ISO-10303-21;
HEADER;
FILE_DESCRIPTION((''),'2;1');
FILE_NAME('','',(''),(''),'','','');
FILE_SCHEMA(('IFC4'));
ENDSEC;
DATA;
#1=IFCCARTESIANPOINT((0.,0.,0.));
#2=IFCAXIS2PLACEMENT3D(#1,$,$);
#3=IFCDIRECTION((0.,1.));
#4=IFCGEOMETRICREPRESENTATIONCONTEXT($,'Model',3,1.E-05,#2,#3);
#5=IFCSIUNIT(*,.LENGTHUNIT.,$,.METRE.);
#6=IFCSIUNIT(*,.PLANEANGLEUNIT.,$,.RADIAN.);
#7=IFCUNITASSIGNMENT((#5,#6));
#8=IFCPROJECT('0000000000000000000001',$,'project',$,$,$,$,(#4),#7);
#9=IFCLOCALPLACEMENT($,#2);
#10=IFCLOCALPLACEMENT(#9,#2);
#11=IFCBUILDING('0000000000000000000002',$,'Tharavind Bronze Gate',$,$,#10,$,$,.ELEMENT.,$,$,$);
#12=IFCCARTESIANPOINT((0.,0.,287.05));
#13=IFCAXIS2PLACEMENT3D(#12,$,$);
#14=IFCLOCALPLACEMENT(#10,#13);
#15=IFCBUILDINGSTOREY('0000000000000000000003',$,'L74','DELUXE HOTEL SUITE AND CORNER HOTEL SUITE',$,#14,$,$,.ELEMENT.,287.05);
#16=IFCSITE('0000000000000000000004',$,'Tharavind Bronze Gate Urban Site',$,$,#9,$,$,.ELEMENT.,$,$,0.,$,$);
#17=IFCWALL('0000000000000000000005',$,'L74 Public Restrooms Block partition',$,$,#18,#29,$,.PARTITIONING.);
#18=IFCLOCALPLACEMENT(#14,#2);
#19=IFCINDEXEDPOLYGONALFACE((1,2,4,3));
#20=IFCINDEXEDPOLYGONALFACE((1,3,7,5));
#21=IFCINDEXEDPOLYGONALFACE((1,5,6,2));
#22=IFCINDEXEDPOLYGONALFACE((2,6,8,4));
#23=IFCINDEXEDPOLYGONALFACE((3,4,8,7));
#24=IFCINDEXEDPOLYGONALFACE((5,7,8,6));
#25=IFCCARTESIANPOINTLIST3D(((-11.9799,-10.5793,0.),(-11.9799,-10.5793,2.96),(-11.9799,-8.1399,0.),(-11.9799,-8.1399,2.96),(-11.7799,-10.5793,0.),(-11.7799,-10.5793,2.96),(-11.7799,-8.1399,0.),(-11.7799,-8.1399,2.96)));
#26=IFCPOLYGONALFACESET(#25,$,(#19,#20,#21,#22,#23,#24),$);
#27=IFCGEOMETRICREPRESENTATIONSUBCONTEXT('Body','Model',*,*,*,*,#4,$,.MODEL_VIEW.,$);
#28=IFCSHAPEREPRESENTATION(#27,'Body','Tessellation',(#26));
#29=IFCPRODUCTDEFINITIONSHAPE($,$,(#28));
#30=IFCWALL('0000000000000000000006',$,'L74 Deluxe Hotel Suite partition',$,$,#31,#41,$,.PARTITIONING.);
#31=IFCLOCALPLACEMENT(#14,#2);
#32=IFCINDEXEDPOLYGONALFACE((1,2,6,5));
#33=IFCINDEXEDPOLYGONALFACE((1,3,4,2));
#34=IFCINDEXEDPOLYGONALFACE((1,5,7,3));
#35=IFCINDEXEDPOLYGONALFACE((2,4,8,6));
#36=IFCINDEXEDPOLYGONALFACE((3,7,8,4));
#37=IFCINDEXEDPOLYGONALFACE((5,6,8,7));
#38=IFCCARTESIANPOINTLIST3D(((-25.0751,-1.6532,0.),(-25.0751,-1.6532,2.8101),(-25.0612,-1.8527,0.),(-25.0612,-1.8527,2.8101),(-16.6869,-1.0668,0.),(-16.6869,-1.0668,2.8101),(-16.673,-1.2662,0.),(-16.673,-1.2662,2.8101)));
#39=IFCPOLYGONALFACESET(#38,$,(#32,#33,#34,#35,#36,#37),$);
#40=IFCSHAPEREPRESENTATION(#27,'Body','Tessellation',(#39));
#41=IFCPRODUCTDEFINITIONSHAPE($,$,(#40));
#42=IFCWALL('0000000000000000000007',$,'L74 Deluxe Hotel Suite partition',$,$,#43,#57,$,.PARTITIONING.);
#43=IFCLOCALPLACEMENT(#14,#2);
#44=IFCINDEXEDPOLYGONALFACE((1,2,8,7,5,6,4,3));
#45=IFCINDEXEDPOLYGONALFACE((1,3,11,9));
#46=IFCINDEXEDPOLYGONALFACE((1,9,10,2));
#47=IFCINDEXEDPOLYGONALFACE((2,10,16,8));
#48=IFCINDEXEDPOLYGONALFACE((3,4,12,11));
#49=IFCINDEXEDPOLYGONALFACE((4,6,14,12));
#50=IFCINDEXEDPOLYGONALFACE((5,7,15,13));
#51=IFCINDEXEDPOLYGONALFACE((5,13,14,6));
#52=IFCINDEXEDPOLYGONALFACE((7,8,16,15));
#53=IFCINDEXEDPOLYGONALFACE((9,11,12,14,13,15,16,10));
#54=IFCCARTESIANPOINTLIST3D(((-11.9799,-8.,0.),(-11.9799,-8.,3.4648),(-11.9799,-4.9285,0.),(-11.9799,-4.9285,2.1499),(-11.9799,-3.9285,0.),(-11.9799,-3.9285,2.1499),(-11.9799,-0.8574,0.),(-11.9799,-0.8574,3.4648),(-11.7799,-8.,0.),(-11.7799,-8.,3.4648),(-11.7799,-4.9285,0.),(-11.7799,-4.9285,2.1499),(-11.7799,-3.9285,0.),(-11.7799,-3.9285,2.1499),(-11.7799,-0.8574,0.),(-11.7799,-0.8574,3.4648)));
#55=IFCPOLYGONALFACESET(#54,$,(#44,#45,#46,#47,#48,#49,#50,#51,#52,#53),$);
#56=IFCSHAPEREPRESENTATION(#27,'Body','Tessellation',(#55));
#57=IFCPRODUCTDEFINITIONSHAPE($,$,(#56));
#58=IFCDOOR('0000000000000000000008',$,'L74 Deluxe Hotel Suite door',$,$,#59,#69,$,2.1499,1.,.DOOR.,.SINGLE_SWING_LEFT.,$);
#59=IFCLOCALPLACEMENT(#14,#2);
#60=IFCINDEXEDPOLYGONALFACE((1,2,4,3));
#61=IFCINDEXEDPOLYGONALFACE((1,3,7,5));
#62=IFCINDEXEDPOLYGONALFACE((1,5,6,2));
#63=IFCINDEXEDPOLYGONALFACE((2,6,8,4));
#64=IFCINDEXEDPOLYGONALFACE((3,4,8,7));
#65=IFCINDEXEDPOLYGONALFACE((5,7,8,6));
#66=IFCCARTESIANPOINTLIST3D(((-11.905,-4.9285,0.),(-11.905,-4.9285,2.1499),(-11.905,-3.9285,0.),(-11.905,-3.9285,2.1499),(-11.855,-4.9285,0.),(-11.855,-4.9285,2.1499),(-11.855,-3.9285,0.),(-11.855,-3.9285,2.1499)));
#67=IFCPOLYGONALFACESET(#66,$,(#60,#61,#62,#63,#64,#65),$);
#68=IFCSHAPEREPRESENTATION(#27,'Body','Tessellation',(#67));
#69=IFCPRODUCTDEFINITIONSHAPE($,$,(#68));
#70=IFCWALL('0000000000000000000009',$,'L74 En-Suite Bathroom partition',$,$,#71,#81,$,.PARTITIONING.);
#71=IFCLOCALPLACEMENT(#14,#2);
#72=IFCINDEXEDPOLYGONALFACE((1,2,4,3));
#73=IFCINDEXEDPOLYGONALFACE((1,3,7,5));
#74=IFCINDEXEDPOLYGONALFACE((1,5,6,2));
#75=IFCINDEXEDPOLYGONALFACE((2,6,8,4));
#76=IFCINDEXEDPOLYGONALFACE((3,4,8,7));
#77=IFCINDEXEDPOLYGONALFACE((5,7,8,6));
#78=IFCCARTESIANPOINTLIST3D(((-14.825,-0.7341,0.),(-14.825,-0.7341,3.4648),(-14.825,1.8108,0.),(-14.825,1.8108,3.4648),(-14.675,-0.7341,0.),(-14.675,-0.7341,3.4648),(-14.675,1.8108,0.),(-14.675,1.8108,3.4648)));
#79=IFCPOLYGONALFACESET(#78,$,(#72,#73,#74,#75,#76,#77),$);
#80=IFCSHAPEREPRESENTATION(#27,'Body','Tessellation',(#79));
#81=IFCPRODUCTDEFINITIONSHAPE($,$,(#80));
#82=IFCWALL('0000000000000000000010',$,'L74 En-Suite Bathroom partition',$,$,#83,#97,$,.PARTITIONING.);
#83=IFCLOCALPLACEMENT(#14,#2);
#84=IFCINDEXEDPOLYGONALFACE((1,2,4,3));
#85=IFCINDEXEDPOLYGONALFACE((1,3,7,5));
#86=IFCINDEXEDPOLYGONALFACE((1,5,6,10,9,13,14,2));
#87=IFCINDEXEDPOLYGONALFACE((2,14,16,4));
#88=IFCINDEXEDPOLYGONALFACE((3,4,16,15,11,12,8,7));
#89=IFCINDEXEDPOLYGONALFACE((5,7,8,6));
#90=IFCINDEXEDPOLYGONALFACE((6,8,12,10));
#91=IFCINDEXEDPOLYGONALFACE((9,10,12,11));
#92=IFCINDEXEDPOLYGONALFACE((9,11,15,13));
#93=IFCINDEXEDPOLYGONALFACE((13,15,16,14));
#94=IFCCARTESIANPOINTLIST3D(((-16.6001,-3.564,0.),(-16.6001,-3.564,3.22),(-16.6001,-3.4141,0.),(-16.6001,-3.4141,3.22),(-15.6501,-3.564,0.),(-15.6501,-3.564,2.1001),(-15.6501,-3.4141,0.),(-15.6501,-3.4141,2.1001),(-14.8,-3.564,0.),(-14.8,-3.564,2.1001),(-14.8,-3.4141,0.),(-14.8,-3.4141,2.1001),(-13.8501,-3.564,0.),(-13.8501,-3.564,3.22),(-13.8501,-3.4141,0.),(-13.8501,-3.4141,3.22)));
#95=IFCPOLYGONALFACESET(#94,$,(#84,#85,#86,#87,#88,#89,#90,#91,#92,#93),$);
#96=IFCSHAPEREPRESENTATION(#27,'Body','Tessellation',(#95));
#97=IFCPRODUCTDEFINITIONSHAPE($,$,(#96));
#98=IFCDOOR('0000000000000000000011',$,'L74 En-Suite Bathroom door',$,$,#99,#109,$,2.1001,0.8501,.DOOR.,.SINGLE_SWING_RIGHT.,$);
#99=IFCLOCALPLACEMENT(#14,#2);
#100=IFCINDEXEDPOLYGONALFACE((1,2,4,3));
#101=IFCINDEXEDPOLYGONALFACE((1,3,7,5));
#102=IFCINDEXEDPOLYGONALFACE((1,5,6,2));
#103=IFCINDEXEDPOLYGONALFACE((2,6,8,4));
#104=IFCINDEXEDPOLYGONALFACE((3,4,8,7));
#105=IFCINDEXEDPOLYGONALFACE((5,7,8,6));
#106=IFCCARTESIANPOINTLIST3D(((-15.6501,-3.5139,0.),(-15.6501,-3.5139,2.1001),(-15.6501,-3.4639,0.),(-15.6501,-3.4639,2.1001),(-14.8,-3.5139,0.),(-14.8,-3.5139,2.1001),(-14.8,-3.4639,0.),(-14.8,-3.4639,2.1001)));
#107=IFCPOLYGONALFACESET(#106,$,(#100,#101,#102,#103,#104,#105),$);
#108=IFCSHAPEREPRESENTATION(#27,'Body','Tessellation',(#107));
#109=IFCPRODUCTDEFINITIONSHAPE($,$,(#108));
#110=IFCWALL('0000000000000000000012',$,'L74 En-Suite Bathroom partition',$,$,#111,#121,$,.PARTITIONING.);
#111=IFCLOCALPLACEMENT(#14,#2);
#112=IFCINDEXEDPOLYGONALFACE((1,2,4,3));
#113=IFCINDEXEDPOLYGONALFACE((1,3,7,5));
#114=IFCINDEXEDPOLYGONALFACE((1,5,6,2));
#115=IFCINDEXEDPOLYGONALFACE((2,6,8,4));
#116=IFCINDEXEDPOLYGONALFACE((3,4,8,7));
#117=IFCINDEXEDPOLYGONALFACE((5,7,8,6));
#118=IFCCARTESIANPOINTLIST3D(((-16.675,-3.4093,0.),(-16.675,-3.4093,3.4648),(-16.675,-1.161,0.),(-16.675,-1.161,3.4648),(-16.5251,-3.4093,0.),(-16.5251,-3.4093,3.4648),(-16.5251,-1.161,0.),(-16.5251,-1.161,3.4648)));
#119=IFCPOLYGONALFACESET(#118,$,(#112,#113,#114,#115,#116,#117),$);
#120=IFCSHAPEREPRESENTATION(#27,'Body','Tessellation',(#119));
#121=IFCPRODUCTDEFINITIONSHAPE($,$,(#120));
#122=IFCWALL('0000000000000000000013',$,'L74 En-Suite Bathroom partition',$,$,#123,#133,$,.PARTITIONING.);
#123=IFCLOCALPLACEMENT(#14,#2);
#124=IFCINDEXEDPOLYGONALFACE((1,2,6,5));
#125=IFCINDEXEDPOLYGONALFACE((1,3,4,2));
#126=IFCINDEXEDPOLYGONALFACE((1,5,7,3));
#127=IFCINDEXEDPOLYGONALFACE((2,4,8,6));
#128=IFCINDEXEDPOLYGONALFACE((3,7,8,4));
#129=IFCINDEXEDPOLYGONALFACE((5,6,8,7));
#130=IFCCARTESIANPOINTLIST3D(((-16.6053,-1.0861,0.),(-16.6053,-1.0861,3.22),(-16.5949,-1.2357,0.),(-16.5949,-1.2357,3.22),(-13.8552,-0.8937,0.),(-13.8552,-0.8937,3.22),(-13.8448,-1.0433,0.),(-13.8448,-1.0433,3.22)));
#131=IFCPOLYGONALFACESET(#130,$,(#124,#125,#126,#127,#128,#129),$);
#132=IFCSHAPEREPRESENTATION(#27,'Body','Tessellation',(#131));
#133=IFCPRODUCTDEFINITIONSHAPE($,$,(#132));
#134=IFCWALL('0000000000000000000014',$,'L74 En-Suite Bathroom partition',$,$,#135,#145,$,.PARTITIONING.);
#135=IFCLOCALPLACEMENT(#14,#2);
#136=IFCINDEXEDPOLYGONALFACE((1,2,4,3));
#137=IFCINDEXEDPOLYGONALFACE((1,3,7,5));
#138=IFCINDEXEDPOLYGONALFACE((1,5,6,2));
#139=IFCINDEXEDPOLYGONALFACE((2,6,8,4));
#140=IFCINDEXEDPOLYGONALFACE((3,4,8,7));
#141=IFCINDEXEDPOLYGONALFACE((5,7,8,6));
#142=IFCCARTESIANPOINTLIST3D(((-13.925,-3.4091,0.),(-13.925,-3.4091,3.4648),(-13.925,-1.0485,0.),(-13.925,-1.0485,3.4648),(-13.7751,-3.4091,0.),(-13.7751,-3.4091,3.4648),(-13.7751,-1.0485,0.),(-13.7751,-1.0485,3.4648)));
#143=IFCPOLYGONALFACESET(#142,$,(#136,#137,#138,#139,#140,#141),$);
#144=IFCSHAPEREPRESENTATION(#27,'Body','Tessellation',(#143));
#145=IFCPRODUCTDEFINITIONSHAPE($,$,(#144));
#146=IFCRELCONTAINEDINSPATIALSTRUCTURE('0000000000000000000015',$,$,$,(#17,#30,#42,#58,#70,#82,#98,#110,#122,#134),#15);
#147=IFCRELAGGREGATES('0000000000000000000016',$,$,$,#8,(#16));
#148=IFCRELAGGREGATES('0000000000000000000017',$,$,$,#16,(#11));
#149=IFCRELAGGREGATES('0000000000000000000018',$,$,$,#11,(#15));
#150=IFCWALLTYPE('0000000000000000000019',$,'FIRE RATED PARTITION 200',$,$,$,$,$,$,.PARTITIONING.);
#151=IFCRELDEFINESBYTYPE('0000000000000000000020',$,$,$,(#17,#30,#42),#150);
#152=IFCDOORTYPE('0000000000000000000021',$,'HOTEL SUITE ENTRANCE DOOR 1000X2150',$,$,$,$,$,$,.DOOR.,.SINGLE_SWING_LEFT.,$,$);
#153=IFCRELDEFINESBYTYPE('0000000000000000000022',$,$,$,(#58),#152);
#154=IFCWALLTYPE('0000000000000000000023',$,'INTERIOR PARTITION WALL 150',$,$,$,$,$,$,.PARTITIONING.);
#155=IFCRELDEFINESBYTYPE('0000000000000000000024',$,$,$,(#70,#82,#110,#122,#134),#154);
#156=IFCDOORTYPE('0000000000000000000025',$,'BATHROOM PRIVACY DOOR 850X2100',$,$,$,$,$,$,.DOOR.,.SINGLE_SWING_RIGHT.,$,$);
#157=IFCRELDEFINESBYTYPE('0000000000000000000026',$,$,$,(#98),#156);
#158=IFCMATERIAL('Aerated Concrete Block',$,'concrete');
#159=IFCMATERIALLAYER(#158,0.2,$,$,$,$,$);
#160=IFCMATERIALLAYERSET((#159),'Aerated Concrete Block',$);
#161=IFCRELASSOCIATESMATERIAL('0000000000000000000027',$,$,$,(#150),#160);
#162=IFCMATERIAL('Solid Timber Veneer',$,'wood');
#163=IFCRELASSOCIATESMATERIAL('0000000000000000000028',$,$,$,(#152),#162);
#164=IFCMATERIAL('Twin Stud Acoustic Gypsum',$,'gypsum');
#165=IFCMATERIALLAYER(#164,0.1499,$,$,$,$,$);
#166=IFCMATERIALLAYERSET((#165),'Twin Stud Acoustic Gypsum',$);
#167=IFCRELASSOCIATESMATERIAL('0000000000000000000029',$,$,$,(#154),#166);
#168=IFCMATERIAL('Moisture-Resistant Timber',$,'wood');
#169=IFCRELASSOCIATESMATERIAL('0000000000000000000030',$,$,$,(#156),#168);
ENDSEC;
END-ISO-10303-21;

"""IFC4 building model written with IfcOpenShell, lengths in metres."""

from ifc_helpers import new_model, si_unit, direction, frame, frame_2d, origin, place, context, subcontext, project, spatial, rectangle, extrude, material, layer, layer_set, type_object, element, fill, save


model = new_model("IFC4")

# Units and contexts
model_context = context("Model", 3, precision=1e-05, world=origin(), true_north=direction((0.0, 1.0)))
body_context = subcontext(model_context, "Body", "Model", "MODEL_VIEW")
ifc_project = project(units=[si_unit("LENGTHUNIT", "METRE"), si_unit("PLANEANGLEUNIT", "RADIAN")], contexts=[model_context])

# Site, building, storey
site_placement = place(None, origin())
site = spatial("IfcSite", under=ifc_project, at=site_placement, Name="Tharavind Bronze Gate Urban Site", CompositionType="ELEMENT", RefElevation=0.0)
building_placement = place(site_placement, origin())
building = spatial("IfcBuilding", under=site, at=building_placement, Name="Tharavind Bronze Gate", CompositionType="ELEMENT")
storey_placement = place(building_placement, frame((0.0, 0.0, 287.05)))
storey = spatial("IfcBuildingStorey", under=building, at=storey_placement, Name="L74", Description="DELUXE HOTEL SUITE AND CORNER HOTEL SUITE", CompositionType="ELEMENT", Elevation=287.05)

# Walls
ifc_material_1 = material(Name="Aerated Concrete Block", Category="concrete")
ifc_layer_1 = layer(ifc_material_1, 0.2)
ifc_layer_set_1 = layer_set([ifc_layer_1], Name="Aerated Concrete Block")
wall_type_1 = type_object("IfcWallType", Name="FIRE RATED PARTITION 200", PredefinedType="PARTITIONING", material=ifc_layer_set_1)
wall_1_placement = place(storey_placement, frame((-11.8799, -8.1399, 0.0), z_axis=(0.0, 0.0, 1.0), x_axis=(0.0, -1.0, 0.0)))
element("IfcWall", 1, at=wall_1_placement, inside=storey, type_object=wall_type_1, Name="L74 Public Restrooms Block partition", PredefinedType="PARTITIONING", context=body_context, shape_type="SweptSolid", body=[
    extrude(rectangle(XDim=2.4395, YDim=0.2, at=frame_2d((1.2197, 0.0))), origin(), (0.0, 0.0, 1.0), 2.96),
])
wall_2_placement = place(storey_placement, frame((-16.6799, -1.1665, 0.0), z_axis=(0.0, 0.0, 1.0), x_axis=(-0.997565, -0.069741, 0.0)))
element("IfcWall", 2, at=wall_2_placement, inside=storey, type_object=wall_type_1, Name="L74 Deluxe Hotel Suite partition", PredefinedType="PARTITIONING", context=body_context, shape_type="SweptSolid", body=[
    extrude(rectangle(XDim=8.4087, YDim=0.2, at=frame_2d((4.2043, 0.0))), origin(), (0.0, 0.0, 1.0), 2.8101),
])

# Wall, opening, door
wall_3_placement = place(storey_placement, frame((-11.8799, -0.8574, 0.0), z_axis=(0.0, 0.0, 1.0), x_axis=(0.0, -1.0, 0.0)))
wall_3 = element("IfcWall", 3, at=wall_3_placement, inside=storey, type_object=wall_type_1, Name="L74 Deluxe Hotel Suite partition", PredefinedType="PARTITIONING", context=body_context, shape_type="SweptSolid", body=[
    extrude(rectangle(XDim=7.1426, YDim=0.2, at=frame_2d((3.5713, 0.0))), origin(), (0.0, 0.0, 1.0), 3.4648),
])
opening_1_placement = place(wall_3_placement, frame((3.071, 0.0, 0.0)))
opening_1 = element("IfcOpeningElement", 4, at=opening_1_placement, cuts=wall_3, PredefinedType="OPENING", context=body_context, shape_type="SweptSolid", body=[
    extrude(rectangle(XDim=1.0, YDim=2.1499, at=frame_2d((0.5, 1.075))), frame((0.0, 0.1101, 0.0), z_axis=(0.0, -1.0, 0.0), x_axis=(1.0, 0.0, 0.0)), (0.0, 0.0, 1.0), 0.22),
])
ifc_material_2 = material(Name="Solid Timber Veneer", Category="wood")
door_type_1 = type_object("IfcDoorType", Name="HOTEL SUITE ENTRANCE DOOR 1000X2150", OperationType="SINGLE_SWING_LEFT", PredefinedType="DOOR", material=ifc_material_2)
door_1_placement = place(opening_1_placement, origin())
door_1 = element("IfcDoor", 5, at=door_1_placement, inside=storey, type_object=door_type_1, Name="L74 Deluxe Hotel Suite door", OperationType="SINGLE_SWING_LEFT", OverallHeight=2.1499, OverallWidth=1.0, PredefinedType="DOOR", context=body_context, shape_type="SweptSolid", body=[
    extrude(rectangle(XDim=1.0, YDim=2.1499, at=frame_2d((0.5, 1.075))), frame((0.0, 0.0249, 0.0), z_axis=(0.0, -1.0, 0.0), x_axis=(1.0, 0.0, 0.0)), (0.0, 0.0, 1.0), 0.05),
])
fill(opening_1, door_1)

# Wall
ifc_material_3 = material(Name="Twin Stud Acoustic Gypsum", Category="gypsum")
ifc_layer_2 = layer(ifc_material_3, 0.1499)
ifc_layer_set_2 = layer_set([ifc_layer_2], Name="Twin Stud Acoustic Gypsum")
wall_type_2 = type_object("IfcWallType", Name="INTERIOR PARTITION WALL 150", PredefinedType="PARTITIONING", material=ifc_layer_set_2)
wall_4_placement = place(storey_placement, frame((-14.75, -0.7341, 0.0), z_axis=(0.0, 0.0, 1.0), x_axis=(0.0, 1.0, 0.0)))
element("IfcWall", 6, at=wall_4_placement, inside=storey, type_object=wall_type_2, Name="L74 En-Suite Bathroom partition", PredefinedType="PARTITIONING", context=body_context, shape_type="SweptSolid", body=[
    extrude(rectangle(XDim=2.5449, YDim=0.1499, at=frame_2d((1.2725, 0.0))), origin(), (0.0, 0.0, 1.0), 3.4648),
])

# Wall, opening, door
wall_5_placement = place(storey_placement, frame((-13.8501, -3.489, 0.0), z_axis=(0.0, 0.0, 1.0), x_axis=(-1.0, 0.0, 0.0)))
wall_5 = element("IfcWall", 7, at=wall_5_placement, inside=storey, type_object=wall_type_2, Name="L74 En-Suite Bathroom partition", PredefinedType="PARTITIONING", context=body_context, shape_type="SweptSolid", body=[
    extrude(rectangle(XDim=2.75, YDim=0.1499, at=frame_2d((1.375, 0.0))), origin(), (0.0, 0.0, 1.0), 3.22),
])
opening_2_placement = place(wall_5_placement, frame((0.95, 0.0, 0.0)))
opening_2 = element("IfcOpeningElement", 8, at=opening_2_placement, cuts=wall_5, PredefinedType="OPENING", context=body_context, shape_type="SweptSolid", body=[
    extrude(rectangle(XDim=0.8501, YDim=2.1001, at=frame_2d((0.425, 1.05))), frame((0.0, 0.085, 0.0), z_axis=(0.0, -1.0, 0.0), x_axis=(1.0, 0.0, 0.0)), (0.0, 0.0, 1.0), 0.1699),
])
ifc_material_4 = material(Name="Moisture-Resistant Timber", Category="wood")
door_type_2 = type_object("IfcDoorType", Name="BATHROOM PRIVACY DOOR 850X2100", OperationType="SINGLE_SWING_RIGHT", PredefinedType="DOOR", material=ifc_material_4)
door_2_placement = place(opening_2_placement, origin())
door_2 = element("IfcDoor", 9, at=door_2_placement, inside=storey, type_object=door_type_2, Name="L74 En-Suite Bathroom door", OperationType="SINGLE_SWING_RIGHT", OverallHeight=2.1001, OverallWidth=0.8501, PredefinedType="DOOR", context=body_context, shape_type="SweptSolid", body=[
    extrude(rectangle(XDim=0.8501, YDim=2.1001, at=frame_2d((0.425, 1.05))), frame((0.0, 0.0249, 0.0), z_axis=(0.0, -1.0, 0.0), x_axis=(1.0, 0.0, 0.0)), (0.0, 0.0, 1.0), 0.05),
])
fill(opening_2, door_2)

# Walls
wall_6_placement = place(storey_placement, frame((-16.6001, -3.4092, 0.0), z_axis=(0.0, 0.0, 1.0), x_axis=(0.0, 1.0, 0.0)))
element("IfcWall", 10, at=wall_6_placement, inside=storey, type_object=wall_type_2, Name="L74 En-Suite Bathroom partition", PredefinedType="PARTITIONING", context=body_context, shape_type="SweptSolid", body=[
    extrude(rectangle(XDim=2.2483, YDim=0.1499, at=frame_2d((1.124, 0.0))), origin(), (0.0, 0.0, 1.0), 3.4648),
])
wall_7_placement = place(storey_placement, frame((-16.6001, -1.1609, 0.0), z_axis=(0.0, 0.0, 1.0), x_axis=(0.997562, 0.069787, 0.0)))
element("IfcWall", 11, at=wall_7_placement, inside=storey, type_object=wall_type_2, Name="L74 En-Suite Bathroom partition", PredefinedType="PARTITIONING", context=body_context, shape_type="SweptSolid", body=[
    extrude(rectangle(XDim=2.7568, YDim=0.1499, at=frame_2d((1.3784, 0.0))), origin(), (0.0, 0.0, 1.0), 3.22),
])
wall_8_placement = place(storey_placement, frame((-13.8501, -1.0486, 0.0), z_axis=(0.0, 0.0, 1.0), x_axis=(0.0, -1.0, 0.0)))
element("IfcWall", 12, at=wall_8_placement, inside=storey, type_object=wall_type_2, Name="L74 En-Suite Bathroom partition", PredefinedType="PARTITIONING", context=body_context, shape_type="SweptSolid", body=[
    extrude(rectangle(XDim=2.3606, YDim=0.1499, at=frame_2d((1.1802, 0.0))), origin(), (0.0, 0.0, 1.0), 3.4648),
])

save(model, "model.ifc")
